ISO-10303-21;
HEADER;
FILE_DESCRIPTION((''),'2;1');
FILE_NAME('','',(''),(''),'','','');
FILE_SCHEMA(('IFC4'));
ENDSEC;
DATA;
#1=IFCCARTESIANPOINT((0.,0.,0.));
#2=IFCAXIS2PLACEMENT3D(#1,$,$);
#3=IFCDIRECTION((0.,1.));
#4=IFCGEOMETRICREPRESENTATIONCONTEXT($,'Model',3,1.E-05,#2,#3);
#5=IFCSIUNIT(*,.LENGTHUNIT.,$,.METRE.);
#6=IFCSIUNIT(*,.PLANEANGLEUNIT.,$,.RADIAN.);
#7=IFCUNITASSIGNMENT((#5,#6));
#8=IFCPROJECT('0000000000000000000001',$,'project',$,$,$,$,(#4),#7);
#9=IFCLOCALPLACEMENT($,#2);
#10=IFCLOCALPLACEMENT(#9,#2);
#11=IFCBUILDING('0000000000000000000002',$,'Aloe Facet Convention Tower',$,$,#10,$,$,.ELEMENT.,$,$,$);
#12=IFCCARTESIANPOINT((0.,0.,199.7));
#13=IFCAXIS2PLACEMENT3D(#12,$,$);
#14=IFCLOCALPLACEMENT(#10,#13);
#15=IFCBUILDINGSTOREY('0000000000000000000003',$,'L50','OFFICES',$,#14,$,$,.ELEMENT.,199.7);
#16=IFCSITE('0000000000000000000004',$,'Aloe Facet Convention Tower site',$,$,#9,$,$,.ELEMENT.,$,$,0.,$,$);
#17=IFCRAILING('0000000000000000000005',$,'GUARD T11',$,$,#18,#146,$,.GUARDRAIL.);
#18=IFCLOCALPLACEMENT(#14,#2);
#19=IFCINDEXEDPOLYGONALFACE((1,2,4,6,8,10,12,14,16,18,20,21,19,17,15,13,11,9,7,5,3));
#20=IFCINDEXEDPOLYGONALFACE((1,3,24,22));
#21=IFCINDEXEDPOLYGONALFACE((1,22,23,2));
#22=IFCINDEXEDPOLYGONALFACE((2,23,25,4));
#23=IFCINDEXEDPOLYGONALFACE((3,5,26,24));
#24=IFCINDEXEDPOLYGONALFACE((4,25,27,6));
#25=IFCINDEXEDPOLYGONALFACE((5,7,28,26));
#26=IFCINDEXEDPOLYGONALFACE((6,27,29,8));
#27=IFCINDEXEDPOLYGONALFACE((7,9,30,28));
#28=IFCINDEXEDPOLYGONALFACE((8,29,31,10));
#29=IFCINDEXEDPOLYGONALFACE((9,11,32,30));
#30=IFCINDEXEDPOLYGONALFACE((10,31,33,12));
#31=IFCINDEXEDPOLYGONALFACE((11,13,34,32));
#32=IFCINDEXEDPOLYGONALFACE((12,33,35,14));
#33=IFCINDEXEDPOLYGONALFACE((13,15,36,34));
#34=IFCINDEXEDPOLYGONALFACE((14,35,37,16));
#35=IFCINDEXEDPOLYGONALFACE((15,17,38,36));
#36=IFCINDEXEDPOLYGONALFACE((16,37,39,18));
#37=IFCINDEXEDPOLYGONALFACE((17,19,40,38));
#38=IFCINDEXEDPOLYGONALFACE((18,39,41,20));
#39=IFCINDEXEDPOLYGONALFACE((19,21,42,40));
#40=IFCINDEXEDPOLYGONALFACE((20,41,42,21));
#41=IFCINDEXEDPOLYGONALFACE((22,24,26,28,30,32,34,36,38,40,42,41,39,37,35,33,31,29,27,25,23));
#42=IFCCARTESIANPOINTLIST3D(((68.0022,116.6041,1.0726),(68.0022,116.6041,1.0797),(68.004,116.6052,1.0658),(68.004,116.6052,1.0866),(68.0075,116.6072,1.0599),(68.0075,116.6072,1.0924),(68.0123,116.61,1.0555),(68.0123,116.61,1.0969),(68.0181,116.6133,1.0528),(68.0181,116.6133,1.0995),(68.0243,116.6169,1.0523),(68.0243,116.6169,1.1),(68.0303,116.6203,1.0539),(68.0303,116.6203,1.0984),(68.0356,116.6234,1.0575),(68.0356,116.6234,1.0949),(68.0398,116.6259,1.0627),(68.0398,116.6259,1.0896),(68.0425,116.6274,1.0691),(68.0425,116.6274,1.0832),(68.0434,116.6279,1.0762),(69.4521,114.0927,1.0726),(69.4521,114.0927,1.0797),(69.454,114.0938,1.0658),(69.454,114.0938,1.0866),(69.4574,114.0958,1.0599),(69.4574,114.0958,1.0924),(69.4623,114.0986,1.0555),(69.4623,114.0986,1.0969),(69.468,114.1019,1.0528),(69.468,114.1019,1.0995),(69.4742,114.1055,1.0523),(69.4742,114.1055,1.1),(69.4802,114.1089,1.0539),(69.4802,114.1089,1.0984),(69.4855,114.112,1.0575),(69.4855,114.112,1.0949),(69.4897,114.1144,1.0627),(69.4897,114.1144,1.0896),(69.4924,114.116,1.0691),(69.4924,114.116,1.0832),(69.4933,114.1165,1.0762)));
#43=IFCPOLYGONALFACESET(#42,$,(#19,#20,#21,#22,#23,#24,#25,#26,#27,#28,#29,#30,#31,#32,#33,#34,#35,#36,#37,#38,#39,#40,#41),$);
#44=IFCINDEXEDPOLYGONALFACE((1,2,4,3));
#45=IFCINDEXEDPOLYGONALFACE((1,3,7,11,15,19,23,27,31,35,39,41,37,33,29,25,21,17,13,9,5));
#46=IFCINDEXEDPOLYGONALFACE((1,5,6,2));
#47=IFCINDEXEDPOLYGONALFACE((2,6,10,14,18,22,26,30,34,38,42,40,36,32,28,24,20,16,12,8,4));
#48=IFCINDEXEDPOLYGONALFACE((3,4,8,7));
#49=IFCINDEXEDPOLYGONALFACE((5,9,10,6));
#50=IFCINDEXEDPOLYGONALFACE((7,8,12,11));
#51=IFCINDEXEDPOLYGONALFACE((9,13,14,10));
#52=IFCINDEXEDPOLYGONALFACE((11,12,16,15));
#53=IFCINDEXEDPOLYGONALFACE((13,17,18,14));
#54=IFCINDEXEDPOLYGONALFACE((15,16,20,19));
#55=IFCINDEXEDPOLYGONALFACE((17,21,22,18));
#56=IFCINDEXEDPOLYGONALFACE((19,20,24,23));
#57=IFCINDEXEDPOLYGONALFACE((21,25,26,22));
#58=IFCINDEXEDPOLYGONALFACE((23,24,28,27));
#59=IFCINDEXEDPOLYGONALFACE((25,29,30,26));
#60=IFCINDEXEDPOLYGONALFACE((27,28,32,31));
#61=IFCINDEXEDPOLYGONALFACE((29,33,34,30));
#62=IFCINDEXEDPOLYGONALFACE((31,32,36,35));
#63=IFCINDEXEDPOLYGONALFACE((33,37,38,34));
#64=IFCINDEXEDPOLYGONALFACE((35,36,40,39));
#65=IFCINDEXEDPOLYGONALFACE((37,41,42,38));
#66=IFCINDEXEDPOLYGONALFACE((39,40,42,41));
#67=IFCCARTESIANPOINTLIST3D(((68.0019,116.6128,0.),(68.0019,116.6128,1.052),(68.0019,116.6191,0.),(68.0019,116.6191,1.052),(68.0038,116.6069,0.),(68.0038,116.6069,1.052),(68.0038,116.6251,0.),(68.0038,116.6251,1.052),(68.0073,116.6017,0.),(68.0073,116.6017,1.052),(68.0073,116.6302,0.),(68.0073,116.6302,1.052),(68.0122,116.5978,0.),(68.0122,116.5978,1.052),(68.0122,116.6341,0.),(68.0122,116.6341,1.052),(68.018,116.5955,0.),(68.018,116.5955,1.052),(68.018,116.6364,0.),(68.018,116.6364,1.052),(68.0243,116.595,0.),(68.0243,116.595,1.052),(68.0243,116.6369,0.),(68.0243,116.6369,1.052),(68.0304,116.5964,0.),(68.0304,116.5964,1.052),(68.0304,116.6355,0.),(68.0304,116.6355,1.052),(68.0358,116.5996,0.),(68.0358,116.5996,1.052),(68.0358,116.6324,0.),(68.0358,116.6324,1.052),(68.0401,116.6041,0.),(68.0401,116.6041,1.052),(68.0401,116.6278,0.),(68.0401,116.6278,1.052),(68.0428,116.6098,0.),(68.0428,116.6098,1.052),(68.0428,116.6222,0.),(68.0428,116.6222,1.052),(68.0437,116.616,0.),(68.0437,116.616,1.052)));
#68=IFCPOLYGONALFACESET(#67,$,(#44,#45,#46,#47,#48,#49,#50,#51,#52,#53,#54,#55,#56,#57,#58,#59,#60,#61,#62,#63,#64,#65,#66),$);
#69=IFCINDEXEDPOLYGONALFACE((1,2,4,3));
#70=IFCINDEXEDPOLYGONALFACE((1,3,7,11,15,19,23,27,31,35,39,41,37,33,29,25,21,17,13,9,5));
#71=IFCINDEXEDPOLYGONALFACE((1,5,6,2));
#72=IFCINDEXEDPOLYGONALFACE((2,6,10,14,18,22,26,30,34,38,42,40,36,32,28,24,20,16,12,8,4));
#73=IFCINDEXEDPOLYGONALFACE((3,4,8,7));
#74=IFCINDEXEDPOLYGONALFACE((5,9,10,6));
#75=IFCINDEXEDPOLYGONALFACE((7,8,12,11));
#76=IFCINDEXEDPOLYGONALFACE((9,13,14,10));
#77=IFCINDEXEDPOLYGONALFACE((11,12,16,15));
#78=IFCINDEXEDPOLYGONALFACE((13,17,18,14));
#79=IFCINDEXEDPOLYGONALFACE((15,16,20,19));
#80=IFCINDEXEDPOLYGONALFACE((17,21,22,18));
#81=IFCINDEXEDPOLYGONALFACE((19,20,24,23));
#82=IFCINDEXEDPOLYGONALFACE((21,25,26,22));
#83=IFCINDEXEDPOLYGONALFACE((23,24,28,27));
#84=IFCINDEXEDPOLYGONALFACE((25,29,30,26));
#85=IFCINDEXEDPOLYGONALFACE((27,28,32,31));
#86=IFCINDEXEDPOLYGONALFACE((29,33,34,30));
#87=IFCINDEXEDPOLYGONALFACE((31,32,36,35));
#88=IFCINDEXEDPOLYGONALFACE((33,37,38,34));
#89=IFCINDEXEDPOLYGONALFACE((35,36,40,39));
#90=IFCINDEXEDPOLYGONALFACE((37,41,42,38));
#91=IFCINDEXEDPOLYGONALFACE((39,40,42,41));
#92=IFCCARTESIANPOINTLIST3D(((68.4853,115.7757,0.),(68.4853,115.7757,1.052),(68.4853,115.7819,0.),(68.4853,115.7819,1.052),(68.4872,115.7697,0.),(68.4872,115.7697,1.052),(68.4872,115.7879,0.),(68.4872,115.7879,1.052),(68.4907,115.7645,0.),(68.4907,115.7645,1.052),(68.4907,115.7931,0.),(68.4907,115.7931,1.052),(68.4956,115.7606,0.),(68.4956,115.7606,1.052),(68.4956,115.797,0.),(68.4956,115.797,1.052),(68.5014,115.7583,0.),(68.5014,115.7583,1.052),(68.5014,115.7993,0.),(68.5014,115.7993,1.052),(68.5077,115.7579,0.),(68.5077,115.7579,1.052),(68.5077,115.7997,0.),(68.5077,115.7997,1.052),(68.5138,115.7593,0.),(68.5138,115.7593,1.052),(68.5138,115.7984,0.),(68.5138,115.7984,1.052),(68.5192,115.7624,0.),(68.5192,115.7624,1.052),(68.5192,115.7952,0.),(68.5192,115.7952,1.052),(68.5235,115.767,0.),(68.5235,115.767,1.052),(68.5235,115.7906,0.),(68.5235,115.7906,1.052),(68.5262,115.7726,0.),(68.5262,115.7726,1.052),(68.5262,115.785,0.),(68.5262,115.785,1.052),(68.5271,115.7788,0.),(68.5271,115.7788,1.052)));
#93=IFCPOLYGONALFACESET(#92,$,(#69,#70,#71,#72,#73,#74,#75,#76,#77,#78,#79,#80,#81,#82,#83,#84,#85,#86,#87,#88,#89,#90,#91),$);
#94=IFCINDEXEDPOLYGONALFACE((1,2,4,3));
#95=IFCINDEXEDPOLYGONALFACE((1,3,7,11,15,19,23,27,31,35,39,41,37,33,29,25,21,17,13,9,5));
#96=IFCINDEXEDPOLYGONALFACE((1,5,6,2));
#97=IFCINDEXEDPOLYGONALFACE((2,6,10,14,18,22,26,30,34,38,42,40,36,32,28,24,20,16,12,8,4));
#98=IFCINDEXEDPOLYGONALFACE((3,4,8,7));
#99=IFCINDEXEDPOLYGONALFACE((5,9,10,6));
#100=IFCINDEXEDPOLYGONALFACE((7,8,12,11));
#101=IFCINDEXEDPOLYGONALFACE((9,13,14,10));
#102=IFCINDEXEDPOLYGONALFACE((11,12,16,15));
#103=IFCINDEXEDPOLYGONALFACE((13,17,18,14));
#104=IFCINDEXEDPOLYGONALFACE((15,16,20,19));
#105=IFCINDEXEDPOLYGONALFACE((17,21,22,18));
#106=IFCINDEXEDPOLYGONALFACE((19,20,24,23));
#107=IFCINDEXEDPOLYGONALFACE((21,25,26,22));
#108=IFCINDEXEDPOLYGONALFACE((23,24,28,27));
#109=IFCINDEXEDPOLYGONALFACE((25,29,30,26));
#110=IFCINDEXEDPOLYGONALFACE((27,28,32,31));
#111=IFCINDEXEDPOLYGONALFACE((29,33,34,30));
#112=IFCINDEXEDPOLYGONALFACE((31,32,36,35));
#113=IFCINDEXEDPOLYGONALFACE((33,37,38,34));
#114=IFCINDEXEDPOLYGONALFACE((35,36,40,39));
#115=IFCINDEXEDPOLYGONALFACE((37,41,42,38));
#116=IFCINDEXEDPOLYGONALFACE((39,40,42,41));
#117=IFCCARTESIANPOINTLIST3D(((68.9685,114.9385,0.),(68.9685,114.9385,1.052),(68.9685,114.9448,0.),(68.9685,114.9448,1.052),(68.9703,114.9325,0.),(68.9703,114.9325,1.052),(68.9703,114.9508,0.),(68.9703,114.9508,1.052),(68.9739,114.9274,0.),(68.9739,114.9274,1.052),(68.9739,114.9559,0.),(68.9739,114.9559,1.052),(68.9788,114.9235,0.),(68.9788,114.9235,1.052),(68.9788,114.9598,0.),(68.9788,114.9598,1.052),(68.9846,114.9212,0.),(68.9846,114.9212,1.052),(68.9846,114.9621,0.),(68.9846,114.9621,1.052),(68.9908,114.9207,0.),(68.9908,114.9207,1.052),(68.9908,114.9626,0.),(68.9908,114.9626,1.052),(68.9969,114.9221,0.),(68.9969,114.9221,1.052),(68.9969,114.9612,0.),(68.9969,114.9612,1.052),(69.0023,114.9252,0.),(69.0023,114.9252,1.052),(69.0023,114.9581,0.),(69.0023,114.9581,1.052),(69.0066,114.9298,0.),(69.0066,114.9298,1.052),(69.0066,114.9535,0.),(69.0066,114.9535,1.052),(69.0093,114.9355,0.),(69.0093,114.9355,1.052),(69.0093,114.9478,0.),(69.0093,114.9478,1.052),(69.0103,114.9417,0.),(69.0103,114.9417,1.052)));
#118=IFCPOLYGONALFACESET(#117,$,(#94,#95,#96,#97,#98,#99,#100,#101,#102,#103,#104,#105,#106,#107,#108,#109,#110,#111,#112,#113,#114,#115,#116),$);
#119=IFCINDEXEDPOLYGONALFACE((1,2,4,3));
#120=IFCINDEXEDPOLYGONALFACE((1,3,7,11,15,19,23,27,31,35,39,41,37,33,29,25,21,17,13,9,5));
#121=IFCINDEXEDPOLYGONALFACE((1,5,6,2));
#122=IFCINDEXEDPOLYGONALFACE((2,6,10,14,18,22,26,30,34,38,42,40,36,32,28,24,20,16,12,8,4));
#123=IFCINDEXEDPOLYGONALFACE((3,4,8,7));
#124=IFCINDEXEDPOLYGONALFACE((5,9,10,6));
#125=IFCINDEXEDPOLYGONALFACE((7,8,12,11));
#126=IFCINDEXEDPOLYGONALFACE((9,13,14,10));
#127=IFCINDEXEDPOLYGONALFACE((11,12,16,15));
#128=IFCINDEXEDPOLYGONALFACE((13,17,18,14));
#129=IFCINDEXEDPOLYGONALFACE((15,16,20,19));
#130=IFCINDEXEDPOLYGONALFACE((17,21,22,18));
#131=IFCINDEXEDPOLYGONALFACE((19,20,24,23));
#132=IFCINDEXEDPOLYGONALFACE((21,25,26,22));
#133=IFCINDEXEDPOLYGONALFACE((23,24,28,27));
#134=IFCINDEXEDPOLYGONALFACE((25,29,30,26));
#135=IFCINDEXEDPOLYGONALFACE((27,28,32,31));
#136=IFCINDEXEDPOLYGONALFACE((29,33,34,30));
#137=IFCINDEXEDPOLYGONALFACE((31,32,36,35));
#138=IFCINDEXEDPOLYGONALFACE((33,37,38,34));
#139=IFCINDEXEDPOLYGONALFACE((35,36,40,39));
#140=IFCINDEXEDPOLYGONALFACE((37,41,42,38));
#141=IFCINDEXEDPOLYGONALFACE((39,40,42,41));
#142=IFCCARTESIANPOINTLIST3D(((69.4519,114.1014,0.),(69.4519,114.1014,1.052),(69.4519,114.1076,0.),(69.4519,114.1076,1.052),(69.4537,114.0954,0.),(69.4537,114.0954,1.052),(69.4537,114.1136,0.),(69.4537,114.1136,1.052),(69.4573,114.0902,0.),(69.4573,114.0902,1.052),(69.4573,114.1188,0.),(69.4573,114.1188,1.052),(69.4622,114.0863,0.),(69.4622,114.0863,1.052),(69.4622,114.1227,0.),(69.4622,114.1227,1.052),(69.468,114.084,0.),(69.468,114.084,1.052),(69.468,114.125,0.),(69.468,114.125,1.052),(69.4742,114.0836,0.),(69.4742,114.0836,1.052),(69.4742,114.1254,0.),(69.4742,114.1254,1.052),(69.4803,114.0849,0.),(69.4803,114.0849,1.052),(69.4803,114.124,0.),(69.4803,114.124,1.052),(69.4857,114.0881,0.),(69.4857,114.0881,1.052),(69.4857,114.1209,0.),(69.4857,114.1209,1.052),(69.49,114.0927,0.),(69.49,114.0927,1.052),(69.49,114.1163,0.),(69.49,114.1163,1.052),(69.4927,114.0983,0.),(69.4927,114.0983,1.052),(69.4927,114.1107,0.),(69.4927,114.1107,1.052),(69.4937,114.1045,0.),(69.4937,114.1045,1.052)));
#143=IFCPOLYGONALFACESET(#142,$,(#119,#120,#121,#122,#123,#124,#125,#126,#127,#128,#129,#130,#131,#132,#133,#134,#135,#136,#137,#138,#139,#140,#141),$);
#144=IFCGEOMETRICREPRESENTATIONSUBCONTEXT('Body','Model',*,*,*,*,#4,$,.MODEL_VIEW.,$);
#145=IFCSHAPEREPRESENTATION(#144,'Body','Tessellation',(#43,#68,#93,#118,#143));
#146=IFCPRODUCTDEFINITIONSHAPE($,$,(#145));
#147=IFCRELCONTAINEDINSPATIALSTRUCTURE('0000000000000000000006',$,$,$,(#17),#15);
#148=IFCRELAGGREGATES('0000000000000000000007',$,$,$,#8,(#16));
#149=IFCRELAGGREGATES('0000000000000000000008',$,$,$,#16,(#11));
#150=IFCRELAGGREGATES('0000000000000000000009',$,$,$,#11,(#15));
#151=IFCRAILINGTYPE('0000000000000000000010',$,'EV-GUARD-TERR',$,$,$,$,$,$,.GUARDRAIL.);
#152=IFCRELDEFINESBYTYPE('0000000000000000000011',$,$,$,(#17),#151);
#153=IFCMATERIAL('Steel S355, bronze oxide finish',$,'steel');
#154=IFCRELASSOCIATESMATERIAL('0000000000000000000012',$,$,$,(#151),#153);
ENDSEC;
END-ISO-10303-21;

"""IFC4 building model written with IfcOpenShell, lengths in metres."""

from ifc_helpers import new_model, si_unit, direction, frame, origin, origin_2d, place, context, subcontext, project, spatial, circle, extrude, material, type_object, element, save


model = new_model("IFC4")

# Units and contexts
model_context = context("Model", 3, precision=1e-05, world=origin(), true_north=direction((0.0, 1.0)))
body_context = subcontext(model_context, "Body", "Model", "MODEL_VIEW")
ifc_project = project(units=[si_unit("LENGTHUNIT", "METRE"), si_unit("PLANEANGLEUNIT", "RADIAN")], contexts=[model_context])

# Site, building, storey
site_placement = place(None, origin())
site = spatial("IfcSite", under=ifc_project, at=site_placement, Name="Aloe Facet Convention Tower site", CompositionType="ELEMENT", RefElevation=0.0)
building_placement = place(site_placement, origin())
building = spatial("IfcBuilding", under=site, at=building_placement, Name="Aloe Facet Convention Tower", CompositionType="ELEMENT")
storey_placement = place(building_placement, frame((0.0, 0.0, 199.7)))
storey = spatial("IfcBuildingStorey", under=building, at=storey_placement, Name="L50", Description="OFFICES", CompositionType="ELEMENT", Elevation=199.7)

# Railing
ifc_material_1 = material(Name="Steel S355, bronze oxide finish", Category="steel")
railing_type = type_object("IfcRailingType", Name="EV-GUARD-TERR", PredefinedType="GUARDRAIL", material=ifc_material_1)
railing_placement = place(storey_placement, frame((68.0227, 116.616, 0.0)))
element("IfcRailing", 1, at=railing_placement, inside=storey, type_object=railing_type, Name="GUARD T11", PredefinedType="GUARDRAIL", context=body_context, shape_type="SweptSolid", body=[
    extrude(circle(Radius=0.0239, at=origin_2d()), frame((0.0, 0.0, 1.0762), z_axis=(0.499987, -0.866033, 0.0), x_axis=(0.866033, 0.499987, 0.0)), (0.0, 0.0, 1.0), 2.8999),
    extrude(circle(Radius=0.021, at=origin_2d()), origin(), (0.0, 0.0, 1.0), 1.052),
    extrude(circle(Radius=0.021, at=origin_2d()), frame((0.4834, -0.8372, 0.0)), (0.0, 0.0, 1.0), 1.052),
    extrude(circle(Radius=0.021, at=origin_2d()), frame((0.9666, -1.6743, 0.0)), (0.0, 0.0, 1.0), 1.052),
    extrude(circle(Radius=0.021, at=origin_2d()), frame((1.45, -2.5115, 0.0)), (0.0, 0.0, 1.0), 1.052),
])

save(model, "model.ifc")
